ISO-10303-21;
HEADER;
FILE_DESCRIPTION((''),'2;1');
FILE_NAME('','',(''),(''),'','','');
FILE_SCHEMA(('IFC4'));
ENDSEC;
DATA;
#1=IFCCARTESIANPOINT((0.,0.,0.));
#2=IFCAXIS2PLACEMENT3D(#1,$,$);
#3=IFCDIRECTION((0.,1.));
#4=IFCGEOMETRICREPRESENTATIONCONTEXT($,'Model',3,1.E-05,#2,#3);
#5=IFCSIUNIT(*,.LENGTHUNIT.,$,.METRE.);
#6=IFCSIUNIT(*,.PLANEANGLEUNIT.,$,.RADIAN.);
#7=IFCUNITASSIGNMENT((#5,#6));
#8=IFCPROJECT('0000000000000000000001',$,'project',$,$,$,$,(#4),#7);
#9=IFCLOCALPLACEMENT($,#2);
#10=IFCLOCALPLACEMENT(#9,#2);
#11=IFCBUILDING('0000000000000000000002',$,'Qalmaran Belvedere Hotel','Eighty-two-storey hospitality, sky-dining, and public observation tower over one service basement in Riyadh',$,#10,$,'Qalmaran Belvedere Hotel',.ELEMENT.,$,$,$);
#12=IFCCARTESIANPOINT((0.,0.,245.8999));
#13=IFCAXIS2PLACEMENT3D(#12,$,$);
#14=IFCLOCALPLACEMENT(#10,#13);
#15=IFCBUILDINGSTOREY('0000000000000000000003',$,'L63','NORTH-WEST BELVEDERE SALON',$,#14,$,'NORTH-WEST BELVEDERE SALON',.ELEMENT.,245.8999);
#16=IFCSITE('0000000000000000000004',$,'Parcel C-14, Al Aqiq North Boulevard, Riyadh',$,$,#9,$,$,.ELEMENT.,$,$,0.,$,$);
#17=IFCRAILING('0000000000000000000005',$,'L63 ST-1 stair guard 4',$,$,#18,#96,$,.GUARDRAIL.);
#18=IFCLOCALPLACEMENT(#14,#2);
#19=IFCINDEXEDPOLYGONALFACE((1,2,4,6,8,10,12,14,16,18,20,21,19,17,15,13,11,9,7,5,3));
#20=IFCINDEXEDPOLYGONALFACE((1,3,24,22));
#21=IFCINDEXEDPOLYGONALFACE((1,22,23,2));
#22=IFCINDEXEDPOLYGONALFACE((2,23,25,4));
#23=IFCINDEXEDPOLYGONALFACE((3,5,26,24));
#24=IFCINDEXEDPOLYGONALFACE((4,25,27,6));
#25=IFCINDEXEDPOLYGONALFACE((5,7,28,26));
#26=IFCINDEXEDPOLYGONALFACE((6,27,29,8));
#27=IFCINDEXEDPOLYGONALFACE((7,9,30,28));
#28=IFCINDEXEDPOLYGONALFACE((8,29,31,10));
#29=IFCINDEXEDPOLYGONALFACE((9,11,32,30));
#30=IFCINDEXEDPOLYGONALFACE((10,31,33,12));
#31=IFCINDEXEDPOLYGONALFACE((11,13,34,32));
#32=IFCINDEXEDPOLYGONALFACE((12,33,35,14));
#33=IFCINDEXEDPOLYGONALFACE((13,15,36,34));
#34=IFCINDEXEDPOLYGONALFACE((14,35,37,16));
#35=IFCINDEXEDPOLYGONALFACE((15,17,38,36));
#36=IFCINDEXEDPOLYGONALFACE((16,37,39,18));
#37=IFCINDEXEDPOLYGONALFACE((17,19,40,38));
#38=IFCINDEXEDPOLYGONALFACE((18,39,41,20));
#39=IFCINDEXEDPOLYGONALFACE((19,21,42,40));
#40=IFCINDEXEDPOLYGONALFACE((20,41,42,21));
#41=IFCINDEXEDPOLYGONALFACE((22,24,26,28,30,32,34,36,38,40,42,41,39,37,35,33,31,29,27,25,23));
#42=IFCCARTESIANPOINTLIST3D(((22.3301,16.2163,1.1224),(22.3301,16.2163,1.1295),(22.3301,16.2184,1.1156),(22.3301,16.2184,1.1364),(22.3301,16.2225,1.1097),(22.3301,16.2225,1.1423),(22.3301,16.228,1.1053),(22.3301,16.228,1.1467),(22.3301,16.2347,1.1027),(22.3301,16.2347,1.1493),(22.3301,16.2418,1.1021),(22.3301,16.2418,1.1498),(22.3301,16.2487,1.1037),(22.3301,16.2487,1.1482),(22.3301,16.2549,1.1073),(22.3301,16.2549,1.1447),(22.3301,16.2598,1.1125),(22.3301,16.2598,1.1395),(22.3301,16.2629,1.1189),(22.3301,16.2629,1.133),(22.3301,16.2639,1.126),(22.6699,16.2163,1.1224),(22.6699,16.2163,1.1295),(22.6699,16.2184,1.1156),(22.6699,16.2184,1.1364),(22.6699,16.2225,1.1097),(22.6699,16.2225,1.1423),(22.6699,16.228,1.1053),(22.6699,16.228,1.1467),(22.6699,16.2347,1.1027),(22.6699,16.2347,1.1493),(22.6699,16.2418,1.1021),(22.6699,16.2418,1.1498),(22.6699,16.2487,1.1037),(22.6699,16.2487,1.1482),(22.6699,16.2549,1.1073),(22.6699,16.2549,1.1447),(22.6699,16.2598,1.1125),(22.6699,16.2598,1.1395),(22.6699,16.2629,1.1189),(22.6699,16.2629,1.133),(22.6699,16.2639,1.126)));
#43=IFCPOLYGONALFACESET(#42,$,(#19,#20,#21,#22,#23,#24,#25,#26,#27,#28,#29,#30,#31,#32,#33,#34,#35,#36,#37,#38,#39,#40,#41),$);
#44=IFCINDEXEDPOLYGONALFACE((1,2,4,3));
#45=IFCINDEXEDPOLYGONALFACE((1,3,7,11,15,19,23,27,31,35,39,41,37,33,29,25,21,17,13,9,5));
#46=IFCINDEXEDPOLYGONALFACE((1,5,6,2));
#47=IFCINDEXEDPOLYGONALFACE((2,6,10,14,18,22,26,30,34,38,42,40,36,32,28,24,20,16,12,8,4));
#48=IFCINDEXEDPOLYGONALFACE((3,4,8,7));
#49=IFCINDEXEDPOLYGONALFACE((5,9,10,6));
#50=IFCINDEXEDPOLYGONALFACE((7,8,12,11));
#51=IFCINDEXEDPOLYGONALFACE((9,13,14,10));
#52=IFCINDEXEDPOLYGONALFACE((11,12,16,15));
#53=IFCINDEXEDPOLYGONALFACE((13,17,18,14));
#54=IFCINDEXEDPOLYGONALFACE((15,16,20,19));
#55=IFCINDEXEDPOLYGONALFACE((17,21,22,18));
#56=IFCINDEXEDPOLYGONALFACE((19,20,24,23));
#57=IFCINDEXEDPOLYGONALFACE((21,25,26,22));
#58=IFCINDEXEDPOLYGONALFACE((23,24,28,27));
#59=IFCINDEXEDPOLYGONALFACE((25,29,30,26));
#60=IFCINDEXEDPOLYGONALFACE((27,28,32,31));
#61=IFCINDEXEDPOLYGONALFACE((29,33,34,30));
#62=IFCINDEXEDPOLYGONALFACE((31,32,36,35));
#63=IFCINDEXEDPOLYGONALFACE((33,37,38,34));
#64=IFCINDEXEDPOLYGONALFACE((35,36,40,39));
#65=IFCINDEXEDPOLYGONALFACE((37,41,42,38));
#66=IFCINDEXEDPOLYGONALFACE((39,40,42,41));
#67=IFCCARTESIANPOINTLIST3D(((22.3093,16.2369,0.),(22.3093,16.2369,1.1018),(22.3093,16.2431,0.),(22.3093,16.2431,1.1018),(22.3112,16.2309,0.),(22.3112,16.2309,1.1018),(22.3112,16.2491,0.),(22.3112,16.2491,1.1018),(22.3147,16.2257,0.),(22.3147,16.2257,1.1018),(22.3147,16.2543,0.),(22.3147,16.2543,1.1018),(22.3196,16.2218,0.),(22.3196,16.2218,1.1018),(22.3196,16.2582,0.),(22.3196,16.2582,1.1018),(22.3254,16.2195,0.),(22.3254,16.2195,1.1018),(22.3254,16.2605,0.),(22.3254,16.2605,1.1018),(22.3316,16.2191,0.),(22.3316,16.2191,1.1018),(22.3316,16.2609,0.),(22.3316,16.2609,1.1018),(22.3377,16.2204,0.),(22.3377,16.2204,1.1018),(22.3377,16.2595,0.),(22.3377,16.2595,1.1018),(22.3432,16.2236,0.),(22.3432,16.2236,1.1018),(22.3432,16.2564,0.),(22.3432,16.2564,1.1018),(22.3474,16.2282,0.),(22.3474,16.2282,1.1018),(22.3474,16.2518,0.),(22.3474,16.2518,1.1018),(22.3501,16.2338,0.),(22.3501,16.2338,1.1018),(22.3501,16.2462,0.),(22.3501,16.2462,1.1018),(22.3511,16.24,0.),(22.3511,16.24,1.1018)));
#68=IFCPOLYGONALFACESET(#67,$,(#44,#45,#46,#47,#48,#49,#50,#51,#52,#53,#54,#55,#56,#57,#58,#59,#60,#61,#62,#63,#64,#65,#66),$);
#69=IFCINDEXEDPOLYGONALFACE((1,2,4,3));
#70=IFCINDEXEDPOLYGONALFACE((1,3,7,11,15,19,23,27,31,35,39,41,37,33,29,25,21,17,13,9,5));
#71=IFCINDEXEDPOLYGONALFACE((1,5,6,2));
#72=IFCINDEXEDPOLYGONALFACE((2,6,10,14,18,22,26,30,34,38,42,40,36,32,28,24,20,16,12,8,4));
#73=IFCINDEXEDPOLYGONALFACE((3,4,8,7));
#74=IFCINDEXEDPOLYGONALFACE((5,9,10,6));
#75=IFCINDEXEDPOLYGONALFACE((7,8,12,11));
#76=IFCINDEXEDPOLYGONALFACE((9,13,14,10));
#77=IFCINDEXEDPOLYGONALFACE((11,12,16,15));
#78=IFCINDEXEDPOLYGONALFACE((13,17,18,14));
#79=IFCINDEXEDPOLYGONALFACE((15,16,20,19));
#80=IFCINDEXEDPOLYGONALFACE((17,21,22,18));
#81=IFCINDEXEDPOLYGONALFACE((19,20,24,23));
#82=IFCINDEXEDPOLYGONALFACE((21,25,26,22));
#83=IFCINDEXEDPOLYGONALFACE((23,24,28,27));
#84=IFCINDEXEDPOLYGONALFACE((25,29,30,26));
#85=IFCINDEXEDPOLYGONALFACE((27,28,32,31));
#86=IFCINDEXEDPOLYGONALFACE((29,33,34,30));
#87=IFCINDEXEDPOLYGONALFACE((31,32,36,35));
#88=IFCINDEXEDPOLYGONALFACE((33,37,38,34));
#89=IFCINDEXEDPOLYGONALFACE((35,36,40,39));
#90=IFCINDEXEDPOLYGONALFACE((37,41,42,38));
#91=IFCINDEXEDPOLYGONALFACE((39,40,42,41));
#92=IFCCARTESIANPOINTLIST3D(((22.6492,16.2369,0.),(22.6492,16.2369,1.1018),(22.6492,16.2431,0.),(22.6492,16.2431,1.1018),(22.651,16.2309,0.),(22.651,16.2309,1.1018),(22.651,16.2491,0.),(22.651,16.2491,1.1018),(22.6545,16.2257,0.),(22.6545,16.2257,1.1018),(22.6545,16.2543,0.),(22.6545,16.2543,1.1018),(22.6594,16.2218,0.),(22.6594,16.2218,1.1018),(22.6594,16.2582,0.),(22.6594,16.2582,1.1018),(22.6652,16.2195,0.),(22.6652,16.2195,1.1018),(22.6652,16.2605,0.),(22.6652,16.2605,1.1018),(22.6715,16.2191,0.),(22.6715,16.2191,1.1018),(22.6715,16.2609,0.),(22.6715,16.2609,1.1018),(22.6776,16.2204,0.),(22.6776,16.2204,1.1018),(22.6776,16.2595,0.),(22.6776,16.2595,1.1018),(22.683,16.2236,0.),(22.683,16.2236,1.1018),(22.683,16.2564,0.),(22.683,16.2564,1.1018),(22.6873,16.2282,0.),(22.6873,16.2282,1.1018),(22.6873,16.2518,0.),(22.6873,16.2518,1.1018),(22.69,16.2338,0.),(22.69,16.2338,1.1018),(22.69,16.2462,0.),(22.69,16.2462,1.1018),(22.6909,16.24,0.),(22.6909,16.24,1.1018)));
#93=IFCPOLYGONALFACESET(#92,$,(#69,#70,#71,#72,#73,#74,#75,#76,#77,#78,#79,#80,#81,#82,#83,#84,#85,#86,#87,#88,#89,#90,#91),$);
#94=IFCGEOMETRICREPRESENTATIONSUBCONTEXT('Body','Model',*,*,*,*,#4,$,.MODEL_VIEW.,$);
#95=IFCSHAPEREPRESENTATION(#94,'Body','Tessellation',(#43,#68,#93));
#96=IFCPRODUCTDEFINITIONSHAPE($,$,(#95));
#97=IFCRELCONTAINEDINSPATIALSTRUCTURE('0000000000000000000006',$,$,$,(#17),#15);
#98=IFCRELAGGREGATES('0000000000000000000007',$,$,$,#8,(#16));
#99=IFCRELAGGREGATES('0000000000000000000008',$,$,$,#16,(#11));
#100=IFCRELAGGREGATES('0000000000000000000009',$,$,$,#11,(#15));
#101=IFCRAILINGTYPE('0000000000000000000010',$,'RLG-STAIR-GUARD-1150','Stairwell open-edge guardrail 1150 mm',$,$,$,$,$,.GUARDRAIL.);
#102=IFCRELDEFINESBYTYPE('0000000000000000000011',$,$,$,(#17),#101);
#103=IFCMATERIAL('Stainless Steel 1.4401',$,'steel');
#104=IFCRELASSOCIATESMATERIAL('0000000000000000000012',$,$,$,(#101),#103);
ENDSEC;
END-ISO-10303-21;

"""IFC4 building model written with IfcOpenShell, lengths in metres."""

from ifc_helpers import new_model, si_unit, direction, frame, origin, origin_2d, place, context, subcontext, project, spatial, circle, extrude, material, type_object, element, save


model = new_model("IFC4")

# Units and contexts
model_context = context("Model", 3, precision=1e-05, world=origin(), true_north=direction((0.0, 1.0)))
body_context = subcontext(model_context, "Body", "Model", "MODEL_VIEW")
ifc_project = project(units=[si_unit("LENGTHUNIT", "METRE"), si_unit("PLANEANGLEUNIT", "RADIAN")], contexts=[model_context])

# Site, building, storey
site_placement = place(None, origin())
site = spatial("IfcSite", under=ifc_project, at=site_placement, Name="Parcel C-14, Al Aqiq North Boulevard, Riyadh", CompositionType="ELEMENT", RefElevation=0.0)
building_placement = place(site_placement, origin())
building = spatial("IfcBuilding", under=site, at=building_placement, Name="Qalmaran Belvedere Hotel", Description="Eighty-two-storey hospitality, sky-dining, and public observation tower over one service basement in Riyadh", LongName="Qalmaran Belvedere Hotel", CompositionType="ELEMENT")
storey_placement = place(building_placement, frame((0.0, 0.0, 245.8999)))
storey = spatial("IfcBuildingStorey", under=building, at=storey_placement, Name="L63", Description="NORTH-WEST BELVEDERE SALON", LongName="NORTH-WEST BELVEDERE SALON", CompositionType="ELEMENT", Elevation=245.8999)

# Shared definitions
ifc_material_1 = material(Name="Stainless Steel 1.4401", Category="steel")

# Railing
railing_type_1 = type_object("IfcRailingType", Name="RLG-STAIR-GUARD-1150", Description="Stairwell open-edge guardrail 1150 mm", PredefinedType="GUARDRAIL", material=ifc_material_1)
railing_1_placement = place(storey_placement, frame((22.3301, 16.24, 0.0)))
element("IfcRailing", 1, at=railing_1_placement, inside=storey, type_object=railing_type_1, Name="L63 ST-1 stair guard 4", PredefinedType="GUARDRAIL", context=body_context, shape_type="SweptSolid", body=[
    extrude(circle(Radius=0.0239, at=origin_2d()), frame((0.0, 0.0, 1.126), z_axis=(1.0, 0.0, 0.0), x_axis=(0.0, 1.0, 0.0)), (0.0, 0.0, 1.0), 0.3398),
    extrude(circle(Radius=0.021, at=origin_2d()), origin(), (0.0, 0.0, 1.0), 1.1018),
    extrude(circle(Radius=0.021, at=origin_2d()), frame((0.3398, 0.0, 0.0)), (0.0, 0.0, 1.0), 1.1018),
])

save(model, "model.ifc")
